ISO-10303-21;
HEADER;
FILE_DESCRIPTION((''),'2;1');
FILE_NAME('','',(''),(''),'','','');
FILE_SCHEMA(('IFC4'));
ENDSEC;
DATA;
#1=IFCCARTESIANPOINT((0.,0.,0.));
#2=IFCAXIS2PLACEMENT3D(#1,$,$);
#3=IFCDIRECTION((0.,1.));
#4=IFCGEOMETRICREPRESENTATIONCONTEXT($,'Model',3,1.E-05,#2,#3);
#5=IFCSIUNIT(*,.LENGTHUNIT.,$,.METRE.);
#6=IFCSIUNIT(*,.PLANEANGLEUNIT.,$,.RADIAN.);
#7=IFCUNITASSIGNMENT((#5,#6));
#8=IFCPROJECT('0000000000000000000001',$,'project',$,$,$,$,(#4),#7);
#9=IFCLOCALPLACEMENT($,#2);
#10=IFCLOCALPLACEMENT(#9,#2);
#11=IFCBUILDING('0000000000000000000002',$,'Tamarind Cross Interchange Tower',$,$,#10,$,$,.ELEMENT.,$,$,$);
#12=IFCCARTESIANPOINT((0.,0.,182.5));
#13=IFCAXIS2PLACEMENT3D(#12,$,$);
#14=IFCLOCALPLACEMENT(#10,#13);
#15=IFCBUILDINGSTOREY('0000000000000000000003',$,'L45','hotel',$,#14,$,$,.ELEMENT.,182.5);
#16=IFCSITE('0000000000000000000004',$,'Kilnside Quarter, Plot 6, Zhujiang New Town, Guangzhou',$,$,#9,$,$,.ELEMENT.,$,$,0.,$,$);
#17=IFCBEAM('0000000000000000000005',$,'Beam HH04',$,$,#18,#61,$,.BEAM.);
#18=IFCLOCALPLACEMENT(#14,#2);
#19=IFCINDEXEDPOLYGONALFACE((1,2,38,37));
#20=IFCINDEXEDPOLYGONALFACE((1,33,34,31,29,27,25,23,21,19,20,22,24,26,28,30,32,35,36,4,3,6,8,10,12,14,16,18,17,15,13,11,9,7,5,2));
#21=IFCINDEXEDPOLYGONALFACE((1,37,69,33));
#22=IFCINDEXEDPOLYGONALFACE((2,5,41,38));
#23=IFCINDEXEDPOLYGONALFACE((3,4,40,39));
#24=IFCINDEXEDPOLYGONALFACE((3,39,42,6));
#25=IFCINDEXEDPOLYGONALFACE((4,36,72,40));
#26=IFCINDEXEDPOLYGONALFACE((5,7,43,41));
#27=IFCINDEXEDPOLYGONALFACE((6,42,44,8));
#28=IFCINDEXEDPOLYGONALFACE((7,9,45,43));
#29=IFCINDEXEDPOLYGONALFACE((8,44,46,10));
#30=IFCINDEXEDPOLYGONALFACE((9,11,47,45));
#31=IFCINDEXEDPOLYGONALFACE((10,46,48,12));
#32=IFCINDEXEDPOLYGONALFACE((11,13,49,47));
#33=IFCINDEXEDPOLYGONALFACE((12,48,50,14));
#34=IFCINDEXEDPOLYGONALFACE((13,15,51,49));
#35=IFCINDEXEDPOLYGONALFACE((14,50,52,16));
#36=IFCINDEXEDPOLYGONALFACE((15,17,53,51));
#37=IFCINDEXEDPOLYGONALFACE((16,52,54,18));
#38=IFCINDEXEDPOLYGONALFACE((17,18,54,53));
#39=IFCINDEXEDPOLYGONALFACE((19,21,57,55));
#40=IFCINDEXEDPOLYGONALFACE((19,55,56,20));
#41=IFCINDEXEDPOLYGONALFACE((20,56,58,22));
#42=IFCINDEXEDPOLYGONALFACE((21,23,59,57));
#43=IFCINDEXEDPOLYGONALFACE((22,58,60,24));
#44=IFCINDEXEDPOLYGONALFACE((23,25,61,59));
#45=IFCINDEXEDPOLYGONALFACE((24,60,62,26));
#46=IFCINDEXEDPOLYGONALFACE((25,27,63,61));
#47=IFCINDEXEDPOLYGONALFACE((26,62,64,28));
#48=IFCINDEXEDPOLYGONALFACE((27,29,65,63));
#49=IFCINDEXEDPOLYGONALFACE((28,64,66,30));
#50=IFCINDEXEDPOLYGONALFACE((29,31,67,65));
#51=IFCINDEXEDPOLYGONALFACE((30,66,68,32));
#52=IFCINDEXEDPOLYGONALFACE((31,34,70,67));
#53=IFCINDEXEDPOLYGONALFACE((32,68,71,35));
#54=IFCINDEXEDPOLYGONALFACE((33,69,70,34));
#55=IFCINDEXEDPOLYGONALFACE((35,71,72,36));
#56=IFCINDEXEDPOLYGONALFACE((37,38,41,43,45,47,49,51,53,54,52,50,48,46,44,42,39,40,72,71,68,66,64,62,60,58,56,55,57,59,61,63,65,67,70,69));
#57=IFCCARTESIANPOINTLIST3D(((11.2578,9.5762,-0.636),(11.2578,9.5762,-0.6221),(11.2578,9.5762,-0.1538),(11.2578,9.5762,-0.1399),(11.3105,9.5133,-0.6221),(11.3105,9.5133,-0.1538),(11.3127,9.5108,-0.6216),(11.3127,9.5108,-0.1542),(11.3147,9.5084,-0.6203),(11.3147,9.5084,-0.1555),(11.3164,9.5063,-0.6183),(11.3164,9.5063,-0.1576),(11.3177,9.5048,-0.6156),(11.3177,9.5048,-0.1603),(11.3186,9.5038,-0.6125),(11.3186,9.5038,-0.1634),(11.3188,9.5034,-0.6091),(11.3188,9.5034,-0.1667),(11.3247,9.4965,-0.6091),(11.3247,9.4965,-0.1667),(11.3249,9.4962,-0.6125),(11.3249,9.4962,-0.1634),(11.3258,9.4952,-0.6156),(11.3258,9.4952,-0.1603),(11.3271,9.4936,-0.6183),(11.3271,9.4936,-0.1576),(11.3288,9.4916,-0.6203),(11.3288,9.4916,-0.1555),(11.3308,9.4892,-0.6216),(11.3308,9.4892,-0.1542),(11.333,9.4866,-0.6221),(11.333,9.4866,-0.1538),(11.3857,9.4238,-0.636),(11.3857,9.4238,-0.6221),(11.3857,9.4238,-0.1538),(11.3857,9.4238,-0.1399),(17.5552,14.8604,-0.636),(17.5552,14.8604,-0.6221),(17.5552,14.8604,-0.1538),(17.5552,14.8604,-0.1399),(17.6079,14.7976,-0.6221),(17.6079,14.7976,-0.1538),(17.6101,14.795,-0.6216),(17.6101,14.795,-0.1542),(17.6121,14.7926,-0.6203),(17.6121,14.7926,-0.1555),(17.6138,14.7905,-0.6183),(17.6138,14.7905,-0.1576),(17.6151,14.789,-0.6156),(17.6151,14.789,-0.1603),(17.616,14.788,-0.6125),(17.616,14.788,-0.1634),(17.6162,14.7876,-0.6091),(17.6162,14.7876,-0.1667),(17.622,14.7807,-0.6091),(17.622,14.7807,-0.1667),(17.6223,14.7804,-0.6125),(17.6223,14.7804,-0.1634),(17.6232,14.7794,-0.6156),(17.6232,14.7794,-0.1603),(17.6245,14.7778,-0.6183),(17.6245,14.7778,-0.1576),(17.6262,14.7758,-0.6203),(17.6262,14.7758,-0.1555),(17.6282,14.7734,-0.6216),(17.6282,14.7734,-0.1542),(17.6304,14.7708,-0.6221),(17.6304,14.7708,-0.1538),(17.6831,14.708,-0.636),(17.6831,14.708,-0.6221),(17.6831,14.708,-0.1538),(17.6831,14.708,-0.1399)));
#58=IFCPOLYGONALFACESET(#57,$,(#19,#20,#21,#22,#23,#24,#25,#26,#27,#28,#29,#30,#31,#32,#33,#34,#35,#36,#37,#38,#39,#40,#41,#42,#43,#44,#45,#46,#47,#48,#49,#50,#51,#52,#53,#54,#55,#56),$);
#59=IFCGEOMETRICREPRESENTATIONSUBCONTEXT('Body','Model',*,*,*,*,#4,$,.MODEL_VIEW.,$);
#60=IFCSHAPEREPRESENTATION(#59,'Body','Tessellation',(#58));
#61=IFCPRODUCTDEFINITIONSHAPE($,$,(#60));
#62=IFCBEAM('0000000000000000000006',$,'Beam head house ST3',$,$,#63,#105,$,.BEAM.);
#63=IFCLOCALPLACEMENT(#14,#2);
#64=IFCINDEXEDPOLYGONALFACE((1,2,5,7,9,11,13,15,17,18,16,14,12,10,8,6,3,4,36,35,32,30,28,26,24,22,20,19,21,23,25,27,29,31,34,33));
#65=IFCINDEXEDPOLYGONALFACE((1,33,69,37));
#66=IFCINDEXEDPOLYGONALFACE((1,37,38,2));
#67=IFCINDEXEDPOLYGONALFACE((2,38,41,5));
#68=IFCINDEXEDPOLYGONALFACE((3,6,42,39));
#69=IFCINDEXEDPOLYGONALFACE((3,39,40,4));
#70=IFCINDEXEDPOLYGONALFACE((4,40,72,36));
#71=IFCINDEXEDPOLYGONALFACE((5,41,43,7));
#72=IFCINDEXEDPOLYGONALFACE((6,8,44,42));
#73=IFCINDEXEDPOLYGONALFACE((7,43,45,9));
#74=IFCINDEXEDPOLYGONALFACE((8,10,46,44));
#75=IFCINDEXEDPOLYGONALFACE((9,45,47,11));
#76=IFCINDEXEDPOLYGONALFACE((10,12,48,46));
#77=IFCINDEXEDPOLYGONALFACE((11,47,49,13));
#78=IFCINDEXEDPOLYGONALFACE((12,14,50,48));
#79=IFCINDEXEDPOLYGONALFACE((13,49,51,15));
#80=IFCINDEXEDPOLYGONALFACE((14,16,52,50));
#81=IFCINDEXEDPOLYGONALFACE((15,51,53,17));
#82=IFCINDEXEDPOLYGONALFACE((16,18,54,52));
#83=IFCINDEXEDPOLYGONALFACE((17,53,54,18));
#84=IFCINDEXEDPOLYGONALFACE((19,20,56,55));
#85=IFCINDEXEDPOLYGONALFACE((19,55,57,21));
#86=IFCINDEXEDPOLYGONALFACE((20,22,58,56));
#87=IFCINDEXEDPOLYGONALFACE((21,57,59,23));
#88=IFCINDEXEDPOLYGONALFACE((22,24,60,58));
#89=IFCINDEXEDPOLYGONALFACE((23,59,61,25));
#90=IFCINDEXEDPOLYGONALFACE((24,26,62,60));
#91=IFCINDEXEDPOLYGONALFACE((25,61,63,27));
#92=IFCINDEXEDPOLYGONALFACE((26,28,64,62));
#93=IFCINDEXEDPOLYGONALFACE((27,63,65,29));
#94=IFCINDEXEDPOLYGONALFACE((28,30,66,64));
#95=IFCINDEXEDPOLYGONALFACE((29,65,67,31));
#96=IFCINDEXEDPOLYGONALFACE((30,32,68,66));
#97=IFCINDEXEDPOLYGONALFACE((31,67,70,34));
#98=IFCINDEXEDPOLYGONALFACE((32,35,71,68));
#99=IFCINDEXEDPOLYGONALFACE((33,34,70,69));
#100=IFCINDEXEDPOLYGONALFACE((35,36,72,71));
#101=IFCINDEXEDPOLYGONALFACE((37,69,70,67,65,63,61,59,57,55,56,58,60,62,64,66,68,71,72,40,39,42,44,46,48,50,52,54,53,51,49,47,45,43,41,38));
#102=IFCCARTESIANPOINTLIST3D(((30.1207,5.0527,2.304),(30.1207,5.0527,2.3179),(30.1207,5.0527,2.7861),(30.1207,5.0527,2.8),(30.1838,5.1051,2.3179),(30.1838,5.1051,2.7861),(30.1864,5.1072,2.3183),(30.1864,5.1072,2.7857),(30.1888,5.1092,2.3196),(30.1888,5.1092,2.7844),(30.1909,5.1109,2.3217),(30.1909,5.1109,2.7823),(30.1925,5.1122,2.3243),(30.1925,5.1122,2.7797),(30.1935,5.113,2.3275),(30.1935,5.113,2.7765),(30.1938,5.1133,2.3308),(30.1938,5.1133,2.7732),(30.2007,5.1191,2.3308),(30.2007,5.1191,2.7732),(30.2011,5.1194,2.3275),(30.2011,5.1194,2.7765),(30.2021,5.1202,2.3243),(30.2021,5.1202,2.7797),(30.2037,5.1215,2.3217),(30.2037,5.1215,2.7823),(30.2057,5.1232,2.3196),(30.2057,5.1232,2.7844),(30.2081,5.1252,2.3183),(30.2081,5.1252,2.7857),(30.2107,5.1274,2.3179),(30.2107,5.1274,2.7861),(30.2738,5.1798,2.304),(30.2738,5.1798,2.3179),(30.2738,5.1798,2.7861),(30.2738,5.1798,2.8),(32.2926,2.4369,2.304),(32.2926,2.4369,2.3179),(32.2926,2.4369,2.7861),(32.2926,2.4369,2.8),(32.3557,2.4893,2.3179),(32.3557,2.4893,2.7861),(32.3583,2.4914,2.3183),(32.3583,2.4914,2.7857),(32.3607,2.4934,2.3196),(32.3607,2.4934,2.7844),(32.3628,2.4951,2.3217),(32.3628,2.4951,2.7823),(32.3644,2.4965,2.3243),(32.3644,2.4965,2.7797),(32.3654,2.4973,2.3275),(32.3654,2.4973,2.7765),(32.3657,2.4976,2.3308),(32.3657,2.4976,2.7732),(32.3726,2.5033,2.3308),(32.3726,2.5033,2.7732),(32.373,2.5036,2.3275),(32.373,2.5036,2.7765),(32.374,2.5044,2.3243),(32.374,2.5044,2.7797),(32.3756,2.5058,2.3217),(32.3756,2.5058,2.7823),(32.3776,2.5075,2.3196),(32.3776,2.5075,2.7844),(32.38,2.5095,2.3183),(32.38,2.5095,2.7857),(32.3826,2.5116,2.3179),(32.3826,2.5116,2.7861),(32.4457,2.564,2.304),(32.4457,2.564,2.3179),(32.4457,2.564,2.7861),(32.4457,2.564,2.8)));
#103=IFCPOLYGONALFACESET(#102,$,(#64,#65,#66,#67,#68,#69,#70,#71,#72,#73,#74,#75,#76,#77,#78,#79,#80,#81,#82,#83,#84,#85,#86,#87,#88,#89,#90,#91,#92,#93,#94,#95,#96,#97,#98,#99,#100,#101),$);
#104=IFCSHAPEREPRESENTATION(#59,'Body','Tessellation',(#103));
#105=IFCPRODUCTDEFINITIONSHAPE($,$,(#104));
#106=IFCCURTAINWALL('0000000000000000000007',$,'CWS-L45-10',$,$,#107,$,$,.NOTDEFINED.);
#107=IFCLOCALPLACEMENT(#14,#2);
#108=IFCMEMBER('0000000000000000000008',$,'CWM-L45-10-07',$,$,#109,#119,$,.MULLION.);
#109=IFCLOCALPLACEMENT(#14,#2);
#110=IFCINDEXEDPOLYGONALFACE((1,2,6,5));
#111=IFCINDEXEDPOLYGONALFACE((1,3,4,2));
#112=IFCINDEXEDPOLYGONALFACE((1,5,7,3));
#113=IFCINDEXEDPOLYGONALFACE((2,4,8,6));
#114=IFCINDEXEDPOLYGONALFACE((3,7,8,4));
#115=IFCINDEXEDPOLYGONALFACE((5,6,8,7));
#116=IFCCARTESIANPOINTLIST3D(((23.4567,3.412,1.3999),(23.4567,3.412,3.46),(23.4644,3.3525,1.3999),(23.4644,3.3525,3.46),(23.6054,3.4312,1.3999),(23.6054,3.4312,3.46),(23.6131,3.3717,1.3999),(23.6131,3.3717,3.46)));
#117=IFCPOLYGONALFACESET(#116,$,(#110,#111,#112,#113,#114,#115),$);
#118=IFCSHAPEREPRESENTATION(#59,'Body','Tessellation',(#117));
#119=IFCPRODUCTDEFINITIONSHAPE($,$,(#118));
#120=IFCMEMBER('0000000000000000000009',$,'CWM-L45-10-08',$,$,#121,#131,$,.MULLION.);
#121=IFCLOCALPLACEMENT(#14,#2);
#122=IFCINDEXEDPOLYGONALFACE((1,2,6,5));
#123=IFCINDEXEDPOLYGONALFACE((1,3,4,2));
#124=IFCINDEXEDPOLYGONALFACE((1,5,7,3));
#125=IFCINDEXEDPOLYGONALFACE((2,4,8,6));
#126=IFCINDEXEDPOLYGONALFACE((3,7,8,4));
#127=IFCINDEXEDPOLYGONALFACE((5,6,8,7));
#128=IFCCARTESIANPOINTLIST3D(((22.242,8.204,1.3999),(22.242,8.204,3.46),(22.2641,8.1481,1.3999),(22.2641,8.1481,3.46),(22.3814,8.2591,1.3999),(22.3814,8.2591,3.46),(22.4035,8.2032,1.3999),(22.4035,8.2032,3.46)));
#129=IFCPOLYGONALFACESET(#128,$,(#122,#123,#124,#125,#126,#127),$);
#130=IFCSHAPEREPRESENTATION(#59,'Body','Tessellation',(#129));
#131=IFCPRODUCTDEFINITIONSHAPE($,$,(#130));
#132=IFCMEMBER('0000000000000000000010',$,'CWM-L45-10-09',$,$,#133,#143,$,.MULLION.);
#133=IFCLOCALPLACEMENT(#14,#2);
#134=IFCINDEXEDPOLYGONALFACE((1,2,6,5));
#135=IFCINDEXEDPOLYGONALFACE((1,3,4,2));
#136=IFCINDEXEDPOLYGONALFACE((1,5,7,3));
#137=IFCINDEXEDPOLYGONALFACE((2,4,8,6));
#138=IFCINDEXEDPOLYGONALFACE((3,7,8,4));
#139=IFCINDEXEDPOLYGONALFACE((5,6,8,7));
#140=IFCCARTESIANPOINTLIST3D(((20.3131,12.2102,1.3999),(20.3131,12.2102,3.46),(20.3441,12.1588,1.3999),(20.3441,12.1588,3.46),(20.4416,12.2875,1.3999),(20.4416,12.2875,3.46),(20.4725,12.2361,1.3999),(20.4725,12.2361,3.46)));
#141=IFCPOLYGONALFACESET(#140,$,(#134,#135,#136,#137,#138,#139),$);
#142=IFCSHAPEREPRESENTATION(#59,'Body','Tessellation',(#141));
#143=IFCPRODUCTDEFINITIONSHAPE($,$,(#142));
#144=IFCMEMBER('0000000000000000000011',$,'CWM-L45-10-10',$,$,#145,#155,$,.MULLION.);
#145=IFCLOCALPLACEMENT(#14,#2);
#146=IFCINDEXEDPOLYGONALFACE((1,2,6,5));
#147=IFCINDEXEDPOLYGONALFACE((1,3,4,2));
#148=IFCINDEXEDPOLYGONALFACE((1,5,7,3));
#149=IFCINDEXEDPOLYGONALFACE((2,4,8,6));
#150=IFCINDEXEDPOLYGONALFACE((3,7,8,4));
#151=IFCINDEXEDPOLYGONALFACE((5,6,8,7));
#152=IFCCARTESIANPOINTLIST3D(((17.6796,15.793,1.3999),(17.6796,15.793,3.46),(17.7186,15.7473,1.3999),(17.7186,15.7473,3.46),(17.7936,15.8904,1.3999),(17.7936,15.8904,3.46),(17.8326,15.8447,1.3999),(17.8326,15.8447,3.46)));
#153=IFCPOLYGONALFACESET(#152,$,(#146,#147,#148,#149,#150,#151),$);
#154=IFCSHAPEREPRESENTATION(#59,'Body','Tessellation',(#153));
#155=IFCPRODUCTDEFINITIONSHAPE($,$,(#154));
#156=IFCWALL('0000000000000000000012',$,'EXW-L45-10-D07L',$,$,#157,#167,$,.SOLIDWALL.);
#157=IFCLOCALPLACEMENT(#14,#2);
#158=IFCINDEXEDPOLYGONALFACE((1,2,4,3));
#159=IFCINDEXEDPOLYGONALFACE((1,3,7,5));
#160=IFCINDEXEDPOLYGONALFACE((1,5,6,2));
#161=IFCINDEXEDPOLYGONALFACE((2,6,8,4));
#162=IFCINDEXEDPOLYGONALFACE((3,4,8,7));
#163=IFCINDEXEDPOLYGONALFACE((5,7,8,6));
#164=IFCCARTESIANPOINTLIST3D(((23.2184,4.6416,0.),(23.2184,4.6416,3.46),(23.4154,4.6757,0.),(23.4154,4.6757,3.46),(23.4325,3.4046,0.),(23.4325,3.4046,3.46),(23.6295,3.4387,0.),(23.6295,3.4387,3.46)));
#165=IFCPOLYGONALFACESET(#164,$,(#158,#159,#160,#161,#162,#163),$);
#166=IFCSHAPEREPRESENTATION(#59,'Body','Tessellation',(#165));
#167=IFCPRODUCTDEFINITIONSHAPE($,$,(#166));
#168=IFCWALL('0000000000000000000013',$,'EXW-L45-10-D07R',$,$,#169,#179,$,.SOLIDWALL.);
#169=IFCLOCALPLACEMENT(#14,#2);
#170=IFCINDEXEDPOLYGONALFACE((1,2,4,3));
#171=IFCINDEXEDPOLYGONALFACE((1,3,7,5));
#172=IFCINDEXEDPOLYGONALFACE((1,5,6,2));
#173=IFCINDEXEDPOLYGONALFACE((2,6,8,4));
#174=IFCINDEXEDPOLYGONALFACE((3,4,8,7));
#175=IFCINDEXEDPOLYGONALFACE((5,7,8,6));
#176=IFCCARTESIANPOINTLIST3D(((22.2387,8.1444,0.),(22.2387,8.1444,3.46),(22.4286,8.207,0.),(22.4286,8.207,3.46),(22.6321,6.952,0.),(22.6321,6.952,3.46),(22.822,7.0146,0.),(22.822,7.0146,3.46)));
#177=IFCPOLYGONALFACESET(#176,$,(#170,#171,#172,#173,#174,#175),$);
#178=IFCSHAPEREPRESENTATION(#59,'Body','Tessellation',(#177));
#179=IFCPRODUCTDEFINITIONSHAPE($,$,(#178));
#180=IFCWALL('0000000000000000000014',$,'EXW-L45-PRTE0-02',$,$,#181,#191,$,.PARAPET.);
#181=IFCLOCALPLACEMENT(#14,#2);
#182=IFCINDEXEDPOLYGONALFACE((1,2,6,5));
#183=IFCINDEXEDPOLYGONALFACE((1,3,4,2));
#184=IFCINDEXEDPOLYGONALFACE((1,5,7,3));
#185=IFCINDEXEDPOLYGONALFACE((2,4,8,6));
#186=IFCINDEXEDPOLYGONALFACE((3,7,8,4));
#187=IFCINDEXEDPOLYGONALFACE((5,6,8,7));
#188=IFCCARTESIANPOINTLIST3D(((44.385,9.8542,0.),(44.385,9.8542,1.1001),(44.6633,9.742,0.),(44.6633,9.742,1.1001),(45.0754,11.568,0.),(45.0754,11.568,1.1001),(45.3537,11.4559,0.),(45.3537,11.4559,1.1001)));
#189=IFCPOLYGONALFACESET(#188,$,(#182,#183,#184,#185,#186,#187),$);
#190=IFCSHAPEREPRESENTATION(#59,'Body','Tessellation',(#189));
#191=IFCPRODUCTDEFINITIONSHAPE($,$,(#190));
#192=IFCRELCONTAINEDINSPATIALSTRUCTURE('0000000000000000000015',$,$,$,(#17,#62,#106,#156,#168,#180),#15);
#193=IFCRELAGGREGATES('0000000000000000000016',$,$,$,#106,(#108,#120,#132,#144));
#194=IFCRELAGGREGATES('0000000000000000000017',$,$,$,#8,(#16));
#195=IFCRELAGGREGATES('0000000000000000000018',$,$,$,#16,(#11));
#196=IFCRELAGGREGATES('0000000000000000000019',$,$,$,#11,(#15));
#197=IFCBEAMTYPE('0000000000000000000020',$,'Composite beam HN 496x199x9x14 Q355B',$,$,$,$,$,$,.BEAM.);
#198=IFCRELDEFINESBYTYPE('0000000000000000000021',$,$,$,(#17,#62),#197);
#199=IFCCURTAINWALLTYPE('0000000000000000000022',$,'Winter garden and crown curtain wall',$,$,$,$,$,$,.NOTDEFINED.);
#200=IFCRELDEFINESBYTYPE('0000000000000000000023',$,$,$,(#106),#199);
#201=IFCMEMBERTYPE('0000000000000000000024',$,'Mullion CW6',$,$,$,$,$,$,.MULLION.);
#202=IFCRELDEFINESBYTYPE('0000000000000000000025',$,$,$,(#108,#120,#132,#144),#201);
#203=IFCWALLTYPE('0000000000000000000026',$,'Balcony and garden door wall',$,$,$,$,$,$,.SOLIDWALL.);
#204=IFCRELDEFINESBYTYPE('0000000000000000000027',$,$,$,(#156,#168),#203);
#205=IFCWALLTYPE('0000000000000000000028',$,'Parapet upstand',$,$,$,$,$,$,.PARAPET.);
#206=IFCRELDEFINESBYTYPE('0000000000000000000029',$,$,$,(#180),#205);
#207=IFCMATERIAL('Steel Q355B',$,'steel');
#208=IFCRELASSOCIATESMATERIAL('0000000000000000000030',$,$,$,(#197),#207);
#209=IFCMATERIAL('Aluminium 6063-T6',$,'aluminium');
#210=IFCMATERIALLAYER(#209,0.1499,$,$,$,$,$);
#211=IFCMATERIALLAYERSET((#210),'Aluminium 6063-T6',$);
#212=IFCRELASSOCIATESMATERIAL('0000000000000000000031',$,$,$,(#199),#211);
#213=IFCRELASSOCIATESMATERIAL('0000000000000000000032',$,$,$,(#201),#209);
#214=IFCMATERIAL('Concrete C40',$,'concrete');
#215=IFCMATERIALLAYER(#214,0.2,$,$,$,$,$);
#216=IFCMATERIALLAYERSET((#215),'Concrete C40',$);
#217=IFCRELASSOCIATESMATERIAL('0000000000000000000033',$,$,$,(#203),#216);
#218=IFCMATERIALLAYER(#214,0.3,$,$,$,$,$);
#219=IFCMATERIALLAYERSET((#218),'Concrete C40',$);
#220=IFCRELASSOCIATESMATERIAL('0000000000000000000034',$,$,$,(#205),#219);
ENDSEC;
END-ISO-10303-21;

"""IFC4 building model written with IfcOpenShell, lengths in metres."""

from ifc_helpers import new_model, si_unit, direction, frame, frame_2d, origin, origin_2d, place, context, subcontext, project, spatial, rectangle, i_section, extrude, material, layer, layer_set, material_profile, profile_set, type_object, element, aggregate, save


model = new_model("IFC4")

# Units and contexts
model_context = context("Model", 3, precision=1e-05, world=origin(), true_north=direction((0.0, 1.0)))
body_context = subcontext(model_context, "Body", "Model", "MODEL_VIEW")
ifc_project = project(units=[si_unit("LENGTHUNIT", "METRE"), si_unit("PLANEANGLEUNIT", "RADIAN")], contexts=[model_context])

# Site, building, storey
site_placement = place(None, origin())
site = spatial("IfcSite", under=ifc_project, at=site_placement, Name="Kilnside Quarter, Plot 6, Zhujiang New Town, Guangzhou", CompositionType="ELEMENT", RefElevation=0.0)
building_placement = place(site_placement, origin())
building = spatial("IfcBuilding", under=site, at=building_placement, Name="Tamarind Cross Interchange Tower", CompositionType="ELEMENT")
storey_placement = place(building_placement, frame((0.0, 0.0, 182.5)))
storey = spatial("IfcBuildingStorey", under=building, at=storey_placement, Name="L45", Description="hotel", CompositionType="ELEMENT", Elevation=182.5)

# Beams
ifc_material_1 = material(Name="Steel Q355B", Category="steel")
ifc_material_profile_1 = material_profile(ifc_material_1, i_section(OverallWidth=0.199, OverallDepth=0.4961, WebThickness=0.009, FlangeThickness=0.0139, FilletRadius=0.0129, at=origin_2d()), Name="HN 496x199x9x14")
ifc_profile_set_1 = profile_set([ifc_material_profile_1], Name="Steel Q355B")
beam_type = type_object("IfcBeamType", Name="Composite beam HN 496x199x9x14 Q355B", PredefinedType="BEAM", material=ifc_profile_set_1)
beam_1_placement = place(storey_placement, frame((17.6191, 14.7842, -0.3879), z_axis=(-0.766041, -0.642792, 0.0), x_axis=(0.642792, -0.766041, 0.0)))
element("IfcBeam", 1, at=beam_1_placement, inside=storey, type_object=beam_type, Name="Beam HH04", PredefinedType="BEAM", context=body_context, shape_type="SweptSolid", body=[
    extrude(i_section(OverallWidth=0.199, OverallDepth=0.4961, WebThickness=0.009, FlangeThickness=0.0139, FilletRadius=0.0129, at=origin_2d()), origin(), (0.0, 0.0, 1.0), 8.2207),
])
beam_2_placement = place(storey_placement, frame((30.1973, 5.1162, 2.552), z_axis=(0.638813, -0.769362, 0.0), x_axis=(0.769362, 0.638813, 0.0)))
element("IfcBeam", 2, at=beam_2_placement, inside=storey, type_object=beam_type, Name="Beam head house ST3", PredefinedType="BEAM", context=body_context, shape_type="SweptSolid", body=[
    extrude(i_section(OverallWidth=0.199, OverallDepth=0.4961, WebThickness=0.009, FlangeThickness=0.0139, FilletRadius=0.0129, at=origin_2d()), origin(), (0.0, 0.0, 1.0), 3.3999),
])

# Curtain wall, members
ifc_material_2 = material(Name="Aluminium 6063-T6", Category="aluminium")
ifc_layer_1 = layer(ifc_material_2, 0.1499)
ifc_layer_set_1 = layer_set([ifc_layer_1], Name="Aluminium 6063-T6")
curtain_wall_type = type_object("IfcCurtainWallType", Name="Winter garden and crown curtain wall", PredefinedType="NOTDEFINED", material=ifc_layer_set_1)
curtain_wall_placement = place(storey_placement, origin())
curtain_wall = element("IfcCurtainWall", 3, at=curtain_wall_placement, inside=storey, type_object=curtain_wall_type, Name="CWS-L45-10", PredefinedType="NOTDEFINED")
ifc_material_profile_2 = material_profile(ifc_material_2, rectangle(XDim=0.0601, YDim=0.1499, at=origin_2d()), Name="Mullion CW6")
ifc_profile_set_2 = profile_set([ifc_material_profile_2], Name="Aluminium 6063-T6")
member_type = type_object("IfcMemberType", Name="Mullion CW6", PredefinedType="MULLION", material=ifc_profile_set_2)
member_1_placement = place(storey_placement, frame((23.5349, 3.3918, 1.3999), z_axis=(0.0, 0.0, 1.0), x_axis=(-0.127962, 0.991779, 0.0)))
member_1 = element("IfcMember", 4, at=member_1_placement, type_object=member_type, Name="CWM-L45-10-07", PredefinedType="MULLION", context=body_context, shape_type="SweptSolid", body=[
    extrude(rectangle(XDim=0.0601, YDim=0.1499, at=origin_2d()), origin(), (0.0, 0.0, 1.0), 2.0601),
])
member_2_placement = place(storey_placement, frame((22.3228, 8.2036, 1.3999), z_axis=(0.0, 0.0, 1.0), x_axis=(-0.367514, 0.930018, 0.0)))
member_2 = element("IfcMember", 5, at=member_2_placement, type_object=member_type, Name="CWM-L45-10-08", PredefinedType="MULLION", context=body_context, shape_type="SweptSolid", body=[
    extrude(rectangle(XDim=0.0601, YDim=0.1499, at=origin_2d()), origin(), (0.0, 0.0, 1.0), 2.0601),
])
member_3_placement = place(storey_placement, frame((20.3928, 12.2231, 1.3999), z_axis=(0.0, 0.0, 1.0), x_axis=(-0.515577, 0.856843, 0.0)))
member_3 = element("IfcMember", 6, at=member_3_placement, type_object=member_type, Name="CWM-L45-10-09", PredefinedType="MULLION", context=body_context, shape_type="SweptSolid", body=[
    extrude(rectangle(XDim=0.0601, YDim=0.1499, at=origin_2d()), origin(), (0.0, 0.0, 1.0), 2.0601),
])
member_4_placement = place(storey_placement, frame((17.7561, 15.8188, 1.3999), z_axis=(0.0, 0.0, 1.0), x_axis=(-0.649577, 0.760296, 0.0)))
member_4 = element("IfcMember", 7, at=member_4_placement, type_object=member_type, Name="CWM-L45-10-10", PredefinedType="MULLION", context=body_context, shape_type="SweptSolid", body=[
    extrude(rectangle(XDim=0.0601, YDim=0.1499, at=origin_2d()), origin(), (0.0, 0.0, 1.0), 2.0601),
])
aggregate(curtain_wall, [member_1, member_2, member_3, member_4])

# Walls
ifc_material_3 = material(Name="Concrete C40", Category="concrete")
ifc_layer_2 = layer(ifc_material_3, 0.2)
ifc_layer_set_2 = layer_set([ifc_layer_2], Name="Concrete C40")
wall_type_1 = type_object("IfcWallType", Name="Balcony and garden door wall", PredefinedType="SOLIDWALL", material=ifc_layer_set_2)
wall_1_placement = place(storey_placement, frame((23.531, 3.4216, 0.0), z_axis=(0.0, 0.0, 1.0), x_axis=(-0.170545, 0.98535, 0.0)))
element("IfcWall", 8, at=wall_1_placement, inside=storey, type_object=wall_type_1, Name="EXW-L45-10-D07L", PredefinedType="SOLIDWALL", context=body_context, shape_type="SweptSolid", body=[
    extrude(rectangle(XDim=1.2554, YDim=0.2, at=frame_2d((0.6277, 0.0))), origin(), (0.0, 0.0, 1.0), 3.46),
])
wall_2_placement = place(storey_placement, frame((22.7271, 6.9832, 0.0), z_axis=(0.0, 0.0, 1.0), x_axis=(-0.313251, 0.94967, 0.0)))
element("IfcWall", 9, at=wall_2_placement, inside=storey, type_object=wall_type_1, Name="EXW-L45-10-D07R", PredefinedType="SOLIDWALL", context=body_context, shape_type="SweptSolid", body=[
    extrude(rectangle(XDim=1.2556, YDim=0.2, at=frame_2d((0.6279, 0.0))), origin(), (0.0, 0.0, 1.0), 3.46),
])

# Wall
ifc_layer_3 = layer(ifc_material_3, 0.3)
ifc_layer_set_3 = layer_set([ifc_layer_3], Name="Concrete C40")
wall_type_2 = type_object("IfcWallType", Name="Parapet upstand", PredefinedType="PARAPET", material=ifc_layer_set_3)
wall_3_placement = place(storey_placement, frame((44.5242, 9.7981, 0.0), z_axis=(0.0, 0.0, 1.0), x_axis=(0.373668, 0.927563, 0.0)))
element("IfcWall", 10, at=wall_3_placement, inside=storey, type_object=wall_type_2, Name="EXW-L45-PRTE0-02", PredefinedType="PARAPET", context=body_context, shape_type="SweptSolid", body=[
    extrude(rectangle(XDim=1.8477, YDim=0.3, at=frame_2d((0.9238, 0.0))), origin(), (0.0, 0.0, 1.0), 1.1001),
])

save(model, "model.ifc")
